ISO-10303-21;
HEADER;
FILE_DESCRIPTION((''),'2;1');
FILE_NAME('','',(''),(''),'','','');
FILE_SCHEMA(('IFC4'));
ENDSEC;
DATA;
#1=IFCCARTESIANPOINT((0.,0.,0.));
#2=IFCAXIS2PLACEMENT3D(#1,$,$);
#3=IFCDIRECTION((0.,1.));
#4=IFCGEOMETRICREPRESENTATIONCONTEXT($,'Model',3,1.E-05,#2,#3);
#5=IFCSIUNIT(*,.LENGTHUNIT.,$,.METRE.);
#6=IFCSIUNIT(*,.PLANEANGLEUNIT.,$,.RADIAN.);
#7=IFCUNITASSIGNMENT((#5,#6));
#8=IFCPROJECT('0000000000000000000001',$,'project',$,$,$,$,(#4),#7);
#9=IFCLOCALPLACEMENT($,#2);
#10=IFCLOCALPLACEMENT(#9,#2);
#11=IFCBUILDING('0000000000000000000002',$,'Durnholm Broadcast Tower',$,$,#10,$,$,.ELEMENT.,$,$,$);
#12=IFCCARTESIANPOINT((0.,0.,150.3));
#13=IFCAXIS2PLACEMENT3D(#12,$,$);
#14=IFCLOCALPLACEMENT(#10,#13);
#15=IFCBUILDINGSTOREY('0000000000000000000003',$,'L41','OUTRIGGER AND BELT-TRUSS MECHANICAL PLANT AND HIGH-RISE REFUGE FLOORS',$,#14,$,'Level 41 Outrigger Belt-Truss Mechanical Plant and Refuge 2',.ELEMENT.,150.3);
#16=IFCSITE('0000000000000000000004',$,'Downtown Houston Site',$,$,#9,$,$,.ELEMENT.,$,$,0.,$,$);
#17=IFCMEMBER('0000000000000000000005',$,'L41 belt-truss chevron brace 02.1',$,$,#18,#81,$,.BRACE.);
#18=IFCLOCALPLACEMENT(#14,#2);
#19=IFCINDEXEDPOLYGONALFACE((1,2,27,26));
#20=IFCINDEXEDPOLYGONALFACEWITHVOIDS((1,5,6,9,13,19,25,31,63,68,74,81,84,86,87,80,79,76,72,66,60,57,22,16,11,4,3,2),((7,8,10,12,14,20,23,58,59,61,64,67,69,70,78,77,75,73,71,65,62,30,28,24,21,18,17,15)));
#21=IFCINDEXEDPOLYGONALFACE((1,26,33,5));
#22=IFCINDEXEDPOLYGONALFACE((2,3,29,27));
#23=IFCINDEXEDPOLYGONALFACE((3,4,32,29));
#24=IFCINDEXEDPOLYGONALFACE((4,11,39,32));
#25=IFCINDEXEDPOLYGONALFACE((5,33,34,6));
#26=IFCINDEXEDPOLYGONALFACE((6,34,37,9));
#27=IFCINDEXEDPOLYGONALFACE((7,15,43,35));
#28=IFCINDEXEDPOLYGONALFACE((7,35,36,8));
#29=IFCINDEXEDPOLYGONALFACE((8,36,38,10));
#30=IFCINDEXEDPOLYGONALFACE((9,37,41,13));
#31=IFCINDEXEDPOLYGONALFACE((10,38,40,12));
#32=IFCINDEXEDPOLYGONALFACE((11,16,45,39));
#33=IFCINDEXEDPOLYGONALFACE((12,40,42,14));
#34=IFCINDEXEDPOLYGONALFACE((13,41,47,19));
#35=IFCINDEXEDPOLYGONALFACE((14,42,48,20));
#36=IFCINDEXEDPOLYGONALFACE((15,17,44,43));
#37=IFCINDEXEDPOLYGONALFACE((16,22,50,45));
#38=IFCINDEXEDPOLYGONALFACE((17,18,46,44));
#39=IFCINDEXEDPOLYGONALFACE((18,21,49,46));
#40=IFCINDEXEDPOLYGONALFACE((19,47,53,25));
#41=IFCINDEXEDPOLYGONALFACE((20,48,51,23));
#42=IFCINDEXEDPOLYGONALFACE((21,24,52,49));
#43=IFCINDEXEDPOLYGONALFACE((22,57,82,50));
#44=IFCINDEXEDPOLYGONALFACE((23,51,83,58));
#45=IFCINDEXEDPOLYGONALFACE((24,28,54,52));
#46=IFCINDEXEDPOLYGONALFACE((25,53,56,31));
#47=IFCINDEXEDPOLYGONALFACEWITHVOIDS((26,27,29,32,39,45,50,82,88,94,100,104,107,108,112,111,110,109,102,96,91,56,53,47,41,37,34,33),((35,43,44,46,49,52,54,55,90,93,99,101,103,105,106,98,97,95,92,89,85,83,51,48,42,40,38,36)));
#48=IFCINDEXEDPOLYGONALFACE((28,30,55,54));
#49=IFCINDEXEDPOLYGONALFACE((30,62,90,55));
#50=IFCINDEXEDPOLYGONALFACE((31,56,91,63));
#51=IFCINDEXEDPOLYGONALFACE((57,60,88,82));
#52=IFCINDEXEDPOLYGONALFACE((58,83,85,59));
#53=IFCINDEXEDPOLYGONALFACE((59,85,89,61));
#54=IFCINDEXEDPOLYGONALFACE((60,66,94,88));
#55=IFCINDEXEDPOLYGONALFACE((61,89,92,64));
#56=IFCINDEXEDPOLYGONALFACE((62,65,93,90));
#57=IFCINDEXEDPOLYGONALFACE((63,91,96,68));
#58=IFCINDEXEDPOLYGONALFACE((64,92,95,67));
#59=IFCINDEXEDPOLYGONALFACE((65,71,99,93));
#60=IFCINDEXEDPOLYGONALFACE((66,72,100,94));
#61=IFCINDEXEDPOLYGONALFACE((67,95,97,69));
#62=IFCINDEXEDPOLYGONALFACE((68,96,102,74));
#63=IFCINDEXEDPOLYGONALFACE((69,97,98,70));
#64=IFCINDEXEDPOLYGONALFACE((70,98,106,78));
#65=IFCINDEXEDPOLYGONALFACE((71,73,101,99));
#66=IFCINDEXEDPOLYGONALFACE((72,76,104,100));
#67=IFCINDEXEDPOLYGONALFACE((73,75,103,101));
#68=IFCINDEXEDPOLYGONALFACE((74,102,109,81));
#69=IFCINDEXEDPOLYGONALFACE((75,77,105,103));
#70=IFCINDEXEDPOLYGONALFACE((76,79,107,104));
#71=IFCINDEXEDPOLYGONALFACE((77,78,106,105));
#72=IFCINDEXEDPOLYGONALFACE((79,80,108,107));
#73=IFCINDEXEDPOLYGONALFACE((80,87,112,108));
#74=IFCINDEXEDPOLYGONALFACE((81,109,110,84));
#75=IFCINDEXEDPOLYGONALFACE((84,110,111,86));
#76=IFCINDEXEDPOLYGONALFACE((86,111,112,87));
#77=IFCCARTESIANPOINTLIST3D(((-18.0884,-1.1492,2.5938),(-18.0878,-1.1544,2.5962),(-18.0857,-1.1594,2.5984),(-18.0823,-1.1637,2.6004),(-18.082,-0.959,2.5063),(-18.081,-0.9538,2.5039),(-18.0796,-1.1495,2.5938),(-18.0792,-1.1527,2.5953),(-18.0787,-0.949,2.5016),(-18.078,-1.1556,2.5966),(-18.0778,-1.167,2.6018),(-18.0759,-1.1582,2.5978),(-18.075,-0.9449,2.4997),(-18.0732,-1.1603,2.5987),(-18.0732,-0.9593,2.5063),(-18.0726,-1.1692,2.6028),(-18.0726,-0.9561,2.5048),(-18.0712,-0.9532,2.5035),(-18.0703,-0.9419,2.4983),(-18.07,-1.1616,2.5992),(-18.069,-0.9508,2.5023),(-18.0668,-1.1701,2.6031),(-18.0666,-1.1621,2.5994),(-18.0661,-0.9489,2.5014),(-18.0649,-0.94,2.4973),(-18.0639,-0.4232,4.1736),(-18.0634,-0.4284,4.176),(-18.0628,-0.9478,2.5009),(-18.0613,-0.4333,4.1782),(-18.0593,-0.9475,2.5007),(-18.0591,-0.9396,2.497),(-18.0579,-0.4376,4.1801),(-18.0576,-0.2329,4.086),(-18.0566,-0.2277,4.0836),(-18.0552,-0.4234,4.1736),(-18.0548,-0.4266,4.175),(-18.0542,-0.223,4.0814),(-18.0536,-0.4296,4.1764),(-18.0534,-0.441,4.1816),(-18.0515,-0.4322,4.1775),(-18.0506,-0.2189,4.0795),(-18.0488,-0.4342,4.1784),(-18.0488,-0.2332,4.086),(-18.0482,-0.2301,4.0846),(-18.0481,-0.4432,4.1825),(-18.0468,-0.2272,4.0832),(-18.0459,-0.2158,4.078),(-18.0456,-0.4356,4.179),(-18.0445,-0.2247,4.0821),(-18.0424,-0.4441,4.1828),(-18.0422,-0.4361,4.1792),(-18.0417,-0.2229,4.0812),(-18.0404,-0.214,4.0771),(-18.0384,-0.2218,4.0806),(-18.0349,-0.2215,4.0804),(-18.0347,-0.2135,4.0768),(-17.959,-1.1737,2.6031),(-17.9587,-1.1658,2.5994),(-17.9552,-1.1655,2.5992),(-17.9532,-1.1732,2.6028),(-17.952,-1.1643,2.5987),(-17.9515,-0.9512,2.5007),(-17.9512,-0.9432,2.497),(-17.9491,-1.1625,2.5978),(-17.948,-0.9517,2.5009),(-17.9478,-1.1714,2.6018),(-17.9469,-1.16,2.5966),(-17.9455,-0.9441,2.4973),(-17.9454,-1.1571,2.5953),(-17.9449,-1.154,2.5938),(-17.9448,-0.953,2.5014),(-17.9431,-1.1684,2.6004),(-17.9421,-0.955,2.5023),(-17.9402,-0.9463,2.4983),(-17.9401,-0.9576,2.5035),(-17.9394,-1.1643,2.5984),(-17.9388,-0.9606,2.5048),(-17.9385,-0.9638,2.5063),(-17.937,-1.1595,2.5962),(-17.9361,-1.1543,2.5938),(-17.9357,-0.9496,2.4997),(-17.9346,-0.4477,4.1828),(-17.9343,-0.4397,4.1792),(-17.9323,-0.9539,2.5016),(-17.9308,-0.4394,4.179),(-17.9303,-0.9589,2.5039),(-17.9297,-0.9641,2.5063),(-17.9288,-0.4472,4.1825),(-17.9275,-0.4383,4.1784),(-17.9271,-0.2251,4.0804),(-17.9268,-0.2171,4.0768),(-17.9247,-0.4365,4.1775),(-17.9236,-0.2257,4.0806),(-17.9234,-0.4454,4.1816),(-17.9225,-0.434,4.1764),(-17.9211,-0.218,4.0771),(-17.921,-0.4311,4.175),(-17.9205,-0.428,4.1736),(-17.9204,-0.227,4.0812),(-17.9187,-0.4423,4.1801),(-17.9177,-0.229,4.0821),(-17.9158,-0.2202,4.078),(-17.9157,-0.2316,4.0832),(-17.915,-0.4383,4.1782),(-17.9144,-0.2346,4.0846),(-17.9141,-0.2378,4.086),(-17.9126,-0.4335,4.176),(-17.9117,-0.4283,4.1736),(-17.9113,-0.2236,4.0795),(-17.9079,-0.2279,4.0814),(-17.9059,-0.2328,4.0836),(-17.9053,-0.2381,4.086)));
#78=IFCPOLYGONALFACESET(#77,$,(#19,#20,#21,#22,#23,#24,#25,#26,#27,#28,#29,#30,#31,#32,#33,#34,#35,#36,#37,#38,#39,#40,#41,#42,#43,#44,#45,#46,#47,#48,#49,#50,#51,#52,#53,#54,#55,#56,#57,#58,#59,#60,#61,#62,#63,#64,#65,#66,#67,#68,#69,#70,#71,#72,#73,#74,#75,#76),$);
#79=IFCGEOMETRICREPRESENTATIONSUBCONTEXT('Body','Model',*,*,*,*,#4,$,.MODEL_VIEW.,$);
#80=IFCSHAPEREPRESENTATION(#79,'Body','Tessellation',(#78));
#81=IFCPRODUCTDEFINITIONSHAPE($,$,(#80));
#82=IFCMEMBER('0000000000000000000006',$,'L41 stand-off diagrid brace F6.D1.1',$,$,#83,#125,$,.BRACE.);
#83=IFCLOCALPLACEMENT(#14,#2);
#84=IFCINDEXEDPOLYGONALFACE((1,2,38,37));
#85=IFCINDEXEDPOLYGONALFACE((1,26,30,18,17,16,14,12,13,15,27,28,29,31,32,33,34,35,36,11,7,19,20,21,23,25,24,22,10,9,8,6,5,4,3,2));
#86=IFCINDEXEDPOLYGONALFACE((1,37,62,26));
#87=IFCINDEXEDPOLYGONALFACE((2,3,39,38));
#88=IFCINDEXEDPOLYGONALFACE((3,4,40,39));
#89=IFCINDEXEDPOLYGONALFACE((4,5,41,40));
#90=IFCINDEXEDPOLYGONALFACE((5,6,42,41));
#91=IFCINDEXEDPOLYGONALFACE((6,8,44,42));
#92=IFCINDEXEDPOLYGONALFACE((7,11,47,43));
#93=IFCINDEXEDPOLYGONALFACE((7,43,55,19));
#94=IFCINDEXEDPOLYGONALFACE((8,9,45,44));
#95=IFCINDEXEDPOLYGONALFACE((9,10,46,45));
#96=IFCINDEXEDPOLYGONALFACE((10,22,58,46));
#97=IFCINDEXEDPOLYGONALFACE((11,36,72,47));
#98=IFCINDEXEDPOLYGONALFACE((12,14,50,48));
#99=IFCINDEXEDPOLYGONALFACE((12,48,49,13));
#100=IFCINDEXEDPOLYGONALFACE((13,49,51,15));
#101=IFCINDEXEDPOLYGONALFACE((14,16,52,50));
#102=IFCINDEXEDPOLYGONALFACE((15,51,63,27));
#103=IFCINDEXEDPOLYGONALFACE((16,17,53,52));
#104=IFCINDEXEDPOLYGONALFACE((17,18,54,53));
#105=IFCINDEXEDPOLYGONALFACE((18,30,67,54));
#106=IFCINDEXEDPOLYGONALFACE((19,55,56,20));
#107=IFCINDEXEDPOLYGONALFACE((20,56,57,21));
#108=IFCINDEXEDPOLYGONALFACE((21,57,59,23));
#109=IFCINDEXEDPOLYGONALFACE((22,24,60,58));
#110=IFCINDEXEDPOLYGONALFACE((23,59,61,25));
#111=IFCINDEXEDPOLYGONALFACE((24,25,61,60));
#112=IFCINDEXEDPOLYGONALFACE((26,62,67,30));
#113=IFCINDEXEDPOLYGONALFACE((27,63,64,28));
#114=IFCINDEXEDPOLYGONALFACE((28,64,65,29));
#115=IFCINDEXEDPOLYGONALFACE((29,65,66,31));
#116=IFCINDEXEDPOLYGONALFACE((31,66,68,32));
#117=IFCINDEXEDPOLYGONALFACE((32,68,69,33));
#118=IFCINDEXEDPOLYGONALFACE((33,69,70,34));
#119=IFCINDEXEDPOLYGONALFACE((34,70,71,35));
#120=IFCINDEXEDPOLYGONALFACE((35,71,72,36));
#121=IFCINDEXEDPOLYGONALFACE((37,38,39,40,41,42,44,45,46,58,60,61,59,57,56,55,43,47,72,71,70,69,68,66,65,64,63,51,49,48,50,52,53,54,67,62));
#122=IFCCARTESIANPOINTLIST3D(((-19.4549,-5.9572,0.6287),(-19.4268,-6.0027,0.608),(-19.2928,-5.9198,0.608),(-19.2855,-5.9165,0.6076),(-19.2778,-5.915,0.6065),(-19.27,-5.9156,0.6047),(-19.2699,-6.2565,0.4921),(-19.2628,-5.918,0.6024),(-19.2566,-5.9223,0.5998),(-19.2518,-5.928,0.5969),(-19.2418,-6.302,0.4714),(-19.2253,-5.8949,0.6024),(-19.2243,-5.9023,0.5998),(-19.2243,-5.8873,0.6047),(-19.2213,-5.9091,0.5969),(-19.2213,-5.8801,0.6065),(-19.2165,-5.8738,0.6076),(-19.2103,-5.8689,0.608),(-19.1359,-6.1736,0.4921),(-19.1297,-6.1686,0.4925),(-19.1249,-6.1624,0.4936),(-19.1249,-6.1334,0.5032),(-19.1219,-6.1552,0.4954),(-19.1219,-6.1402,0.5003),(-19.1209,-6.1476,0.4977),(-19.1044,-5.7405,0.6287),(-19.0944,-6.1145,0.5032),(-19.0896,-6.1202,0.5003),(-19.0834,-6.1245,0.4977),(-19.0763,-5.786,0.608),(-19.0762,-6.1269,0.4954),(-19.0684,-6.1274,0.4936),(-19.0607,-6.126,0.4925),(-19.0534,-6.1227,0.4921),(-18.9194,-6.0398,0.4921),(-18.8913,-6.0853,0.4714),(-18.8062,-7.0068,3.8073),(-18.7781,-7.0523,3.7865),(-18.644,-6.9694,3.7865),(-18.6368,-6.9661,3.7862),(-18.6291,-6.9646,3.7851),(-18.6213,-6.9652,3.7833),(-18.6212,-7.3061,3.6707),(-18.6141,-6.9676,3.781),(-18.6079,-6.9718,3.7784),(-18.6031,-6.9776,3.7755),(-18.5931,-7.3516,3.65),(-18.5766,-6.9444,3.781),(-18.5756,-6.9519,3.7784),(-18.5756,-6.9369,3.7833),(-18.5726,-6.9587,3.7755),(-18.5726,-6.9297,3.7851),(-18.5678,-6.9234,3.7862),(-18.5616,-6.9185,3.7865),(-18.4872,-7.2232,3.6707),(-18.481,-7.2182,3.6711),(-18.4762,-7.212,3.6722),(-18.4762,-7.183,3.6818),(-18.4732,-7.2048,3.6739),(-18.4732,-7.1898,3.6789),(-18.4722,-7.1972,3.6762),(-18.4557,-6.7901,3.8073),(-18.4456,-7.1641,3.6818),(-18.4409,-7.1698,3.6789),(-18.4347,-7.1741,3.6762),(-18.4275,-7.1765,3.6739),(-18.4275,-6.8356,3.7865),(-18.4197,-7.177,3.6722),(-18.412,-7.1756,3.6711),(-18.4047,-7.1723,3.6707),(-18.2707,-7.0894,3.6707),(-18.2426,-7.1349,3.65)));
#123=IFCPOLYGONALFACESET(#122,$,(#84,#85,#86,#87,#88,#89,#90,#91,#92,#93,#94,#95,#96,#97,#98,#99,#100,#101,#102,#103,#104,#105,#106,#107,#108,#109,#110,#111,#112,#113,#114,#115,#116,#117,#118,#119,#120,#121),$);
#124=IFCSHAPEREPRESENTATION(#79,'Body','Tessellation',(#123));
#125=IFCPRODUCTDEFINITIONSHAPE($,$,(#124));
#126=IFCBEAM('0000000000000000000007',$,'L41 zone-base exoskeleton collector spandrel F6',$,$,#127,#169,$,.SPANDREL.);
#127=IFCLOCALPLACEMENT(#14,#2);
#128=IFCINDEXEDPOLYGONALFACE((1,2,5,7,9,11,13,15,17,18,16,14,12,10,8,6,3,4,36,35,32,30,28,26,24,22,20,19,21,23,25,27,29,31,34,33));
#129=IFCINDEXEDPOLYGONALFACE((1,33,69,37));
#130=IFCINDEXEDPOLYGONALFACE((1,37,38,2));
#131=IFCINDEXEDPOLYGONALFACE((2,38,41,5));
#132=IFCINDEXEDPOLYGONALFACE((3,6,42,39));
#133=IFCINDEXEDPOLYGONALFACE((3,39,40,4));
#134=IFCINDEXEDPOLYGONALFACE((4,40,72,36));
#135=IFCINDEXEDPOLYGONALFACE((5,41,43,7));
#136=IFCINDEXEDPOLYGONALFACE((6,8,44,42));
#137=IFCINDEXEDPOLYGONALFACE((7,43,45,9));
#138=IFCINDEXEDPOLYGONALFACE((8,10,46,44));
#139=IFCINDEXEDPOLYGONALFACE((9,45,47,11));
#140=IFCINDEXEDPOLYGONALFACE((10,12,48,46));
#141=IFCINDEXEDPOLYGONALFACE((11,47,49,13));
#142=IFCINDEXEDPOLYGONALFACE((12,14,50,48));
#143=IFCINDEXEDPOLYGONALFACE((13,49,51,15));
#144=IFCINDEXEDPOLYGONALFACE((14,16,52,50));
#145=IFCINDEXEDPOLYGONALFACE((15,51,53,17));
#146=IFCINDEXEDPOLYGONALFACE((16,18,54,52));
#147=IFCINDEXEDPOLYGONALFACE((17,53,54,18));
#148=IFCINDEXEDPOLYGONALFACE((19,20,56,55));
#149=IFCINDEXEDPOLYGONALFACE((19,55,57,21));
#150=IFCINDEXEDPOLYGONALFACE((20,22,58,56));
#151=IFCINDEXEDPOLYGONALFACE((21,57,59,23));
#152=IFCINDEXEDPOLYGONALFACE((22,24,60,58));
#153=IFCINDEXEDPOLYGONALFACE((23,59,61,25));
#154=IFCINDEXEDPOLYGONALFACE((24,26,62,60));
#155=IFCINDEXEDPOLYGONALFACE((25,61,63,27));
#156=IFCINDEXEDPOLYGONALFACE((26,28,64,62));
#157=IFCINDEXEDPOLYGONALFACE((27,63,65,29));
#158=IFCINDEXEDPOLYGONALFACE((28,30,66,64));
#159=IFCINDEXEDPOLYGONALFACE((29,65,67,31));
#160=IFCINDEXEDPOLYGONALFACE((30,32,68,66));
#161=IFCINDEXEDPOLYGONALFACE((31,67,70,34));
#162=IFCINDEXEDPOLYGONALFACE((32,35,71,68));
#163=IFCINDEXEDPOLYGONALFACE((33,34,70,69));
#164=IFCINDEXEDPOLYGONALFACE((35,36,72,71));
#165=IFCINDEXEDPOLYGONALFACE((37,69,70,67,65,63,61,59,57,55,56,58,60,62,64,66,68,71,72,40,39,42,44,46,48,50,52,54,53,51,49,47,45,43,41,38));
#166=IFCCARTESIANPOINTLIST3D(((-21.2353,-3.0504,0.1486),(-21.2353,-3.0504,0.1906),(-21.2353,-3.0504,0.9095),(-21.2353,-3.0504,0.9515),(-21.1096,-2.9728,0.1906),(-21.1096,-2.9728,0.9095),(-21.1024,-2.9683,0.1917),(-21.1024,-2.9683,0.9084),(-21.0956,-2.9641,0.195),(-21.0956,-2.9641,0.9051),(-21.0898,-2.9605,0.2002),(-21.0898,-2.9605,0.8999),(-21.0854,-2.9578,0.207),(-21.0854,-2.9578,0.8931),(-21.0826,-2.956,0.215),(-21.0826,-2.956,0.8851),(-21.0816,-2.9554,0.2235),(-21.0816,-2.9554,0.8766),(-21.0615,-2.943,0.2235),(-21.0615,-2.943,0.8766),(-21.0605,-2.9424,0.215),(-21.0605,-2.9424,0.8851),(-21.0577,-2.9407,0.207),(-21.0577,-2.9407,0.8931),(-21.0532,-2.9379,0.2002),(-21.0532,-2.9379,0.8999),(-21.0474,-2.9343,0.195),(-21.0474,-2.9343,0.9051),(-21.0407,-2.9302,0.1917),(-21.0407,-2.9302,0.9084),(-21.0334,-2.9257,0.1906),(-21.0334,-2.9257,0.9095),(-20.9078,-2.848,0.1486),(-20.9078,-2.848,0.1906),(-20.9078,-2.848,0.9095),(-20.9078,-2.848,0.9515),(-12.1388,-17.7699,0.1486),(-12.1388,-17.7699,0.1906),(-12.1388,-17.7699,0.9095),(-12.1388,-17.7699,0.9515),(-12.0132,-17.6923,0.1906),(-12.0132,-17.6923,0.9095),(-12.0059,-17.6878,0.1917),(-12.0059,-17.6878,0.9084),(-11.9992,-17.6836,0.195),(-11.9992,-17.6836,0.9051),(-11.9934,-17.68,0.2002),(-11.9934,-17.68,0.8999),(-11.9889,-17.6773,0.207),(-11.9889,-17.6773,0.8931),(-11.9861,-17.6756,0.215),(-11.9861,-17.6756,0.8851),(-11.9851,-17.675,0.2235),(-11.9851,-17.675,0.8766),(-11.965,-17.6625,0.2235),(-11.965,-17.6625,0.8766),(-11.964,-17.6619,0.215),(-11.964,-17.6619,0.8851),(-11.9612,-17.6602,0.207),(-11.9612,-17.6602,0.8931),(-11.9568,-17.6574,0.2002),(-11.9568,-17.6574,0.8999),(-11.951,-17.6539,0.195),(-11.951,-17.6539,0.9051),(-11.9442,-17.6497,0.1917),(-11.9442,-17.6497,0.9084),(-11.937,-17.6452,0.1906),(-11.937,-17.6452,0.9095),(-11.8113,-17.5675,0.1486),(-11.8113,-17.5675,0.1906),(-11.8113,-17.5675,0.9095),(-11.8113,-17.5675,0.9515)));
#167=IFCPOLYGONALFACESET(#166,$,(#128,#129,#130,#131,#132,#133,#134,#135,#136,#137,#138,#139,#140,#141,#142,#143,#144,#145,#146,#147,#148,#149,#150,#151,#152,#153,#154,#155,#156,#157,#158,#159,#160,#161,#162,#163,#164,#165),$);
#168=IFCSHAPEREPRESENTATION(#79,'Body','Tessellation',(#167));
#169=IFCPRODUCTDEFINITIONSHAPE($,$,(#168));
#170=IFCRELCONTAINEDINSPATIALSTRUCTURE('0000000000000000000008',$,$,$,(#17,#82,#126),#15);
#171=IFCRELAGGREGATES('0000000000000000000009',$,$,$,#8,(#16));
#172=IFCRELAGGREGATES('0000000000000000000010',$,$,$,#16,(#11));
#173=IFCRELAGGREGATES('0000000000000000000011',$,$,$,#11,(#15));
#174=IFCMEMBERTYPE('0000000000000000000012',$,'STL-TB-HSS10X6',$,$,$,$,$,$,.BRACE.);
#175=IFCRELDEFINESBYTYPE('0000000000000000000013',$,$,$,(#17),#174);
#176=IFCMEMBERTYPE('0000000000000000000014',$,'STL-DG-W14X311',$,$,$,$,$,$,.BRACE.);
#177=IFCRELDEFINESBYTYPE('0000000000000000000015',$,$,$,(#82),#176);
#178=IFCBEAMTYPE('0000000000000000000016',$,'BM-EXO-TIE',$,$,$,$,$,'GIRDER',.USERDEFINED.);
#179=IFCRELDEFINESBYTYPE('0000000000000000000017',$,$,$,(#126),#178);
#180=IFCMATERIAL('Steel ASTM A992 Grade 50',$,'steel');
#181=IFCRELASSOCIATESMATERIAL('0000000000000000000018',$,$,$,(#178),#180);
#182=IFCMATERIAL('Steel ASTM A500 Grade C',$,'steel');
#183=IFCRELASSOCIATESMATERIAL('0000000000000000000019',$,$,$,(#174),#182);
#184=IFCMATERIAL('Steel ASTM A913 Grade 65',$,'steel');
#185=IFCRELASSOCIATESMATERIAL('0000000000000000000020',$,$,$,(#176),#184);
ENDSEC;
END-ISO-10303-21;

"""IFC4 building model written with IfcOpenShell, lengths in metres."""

from ifc_helpers import new_model, si_unit, direction, frame, origin, origin_2d, place, context, subcontext, project, spatial, hollow_rectangle, i_section, extrude, source, transform, mapped, material, material_profile, profile_set, type_object, type_shapes, element, save


model = new_model("IFC4")

# Units and contexts
model_context = context("Model", 3, precision=1e-05, world=origin(), true_north=direction((0.0, 1.0)))
body_context = subcontext(model_context, "Body", "Model", "MODEL_VIEW")
ifc_project = project(units=[si_unit("LENGTHUNIT", "METRE"), si_unit("PLANEANGLEUNIT", "RADIAN")], contexts=[model_context])

# Site, building, storey
site_placement = place(None, origin())
site = spatial("IfcSite", under=ifc_project, at=site_placement, Name="Downtown Houston Site", CompositionType="ELEMENT", RefElevation=0.0)
building_placement = place(site_placement, origin())
building = spatial("IfcBuilding", under=site, at=building_placement, Name="Durnholm Broadcast Tower", CompositionType="ELEMENT")
storey_placement = place(building_placement, frame((0.0, 0.0, 150.3)))
storey = spatial("IfcBuildingStorey", under=building, at=storey_placement, Name="L41", Description="OUTRIGGER AND BELT-TRUSS MECHANICAL PLANT AND HIGH-RISE REFUGE FLOORS", LongName="Level 41 Outrigger Belt-Truss Mechanical Plant and Refuge 2", CompositionType="ELEMENT", Elevation=150.3)

# Shared definitions
ifc_material_1 = material(Name="Steel ASTM A992 Grade 50", Category="steel")
ifc_material_profile_1 = material_profile(ifc_material_1, i_section(OverallWidth=0.385, OverallDepth=0.803, WebThickness=0.0237, FlangeThickness=0.042, FilletRadius=0.033, at=origin_2d()), Name="W30X261")
ifc_profile_set_1 = profile_set([ifc_material_profile_1], Name="Steel ASTM A992 Grade 50")
beam_type_1 = type_object("IfcBeamType", Name="BM-EXO-TIE", ElementType="GIRDER", PredefinedType="USERDEFINED", material=ifc_profile_set_1)

# Members
ifc_material_2 = material(Name="Steel ASTM A500 Grade C", Category="steel")
ifc_material_profile_2 = material_profile(ifc_material_2, hollow_rectangle(XDim=0.1523, YDim=0.2539, WallThickness=0.0088, InnerFilletRadius=0.0134, OuterFilletRadius=0.0222, at=origin_2d()), Name="HSS10X6X3/8")
ifc_profile_set_2 = profile_set([ifc_material_profile_2], Name="Steel ASTM A500 Grade C")
member_type_1 = type_object("IfcMemberType", Name="STL-TB-HSS10X6", PredefinedType="BRACE", material=ifc_profile_set_2)
shared_shape_1 = source(origin(), body_context, "Body", "SweptSolid", [
    extrude(hollow_rectangle(XDim=0.1523, YDim=0.2539, WallThickness=0.0088, InnerFilletRadius=0.0134, OuterFilletRadius=0.0222, at=origin_2d()), origin(), (0.0, 0.0, 1.0), 1.7388),
])
type_shapes(member_type_1, [shared_shape_1])
member_1_placement = place(storey_placement, frame((-18.009, -1.0566, 2.55), z_axis=(0.01404, 0.417556, 0.908543), x_axis=(-0.999435, 0.033606, 0.0)))
element("IfcMember", 1, at=member_1_placement, inside=storey, type_object=member_type_1, Name="L41 belt-truss chevron brace 02.1", PredefinedType="BRACE", context=body_context, shape_type="MappedRepresentation", body=[
    mapped(shared_shape_1, transform((0.0, 0.0, 0.0), x_axis=(1.0, 0.0, 0.0), y_axis=(0.0, 1.0, 0.0), z_axis=(0.0, 0.0, 1.0), scale=1.0)),
])
ifc_material_3 = material(Name="Steel ASTM A913 Grade 65", Category="steel")
ifc_material_profile_3 = material_profile(ifc_material_3, i_section(OverallWidth=0.4121, OverallDepth=0.4348, WebThickness=0.0359, FlangeThickness=0.0574, FilletRadius=0.0305, at=origin_2d()), Name="W14X311")
ifc_profile_set_3 = profile_set([ifc_material_profile_3], Name="Steel ASTM A913 Grade 65")
member_type_2 = type_object("IfcMemberType", Name="STL-DG-W14X311", PredefinedType="BRACE", material=ifc_profile_set_3)
shared_shape_2 = source(origin(), body_context, "Body", "SweptSolid", [
    extrude(i_section(OverallWidth=0.4121, OverallDepth=0.4348, WebThickness=0.0359, FlangeThickness=0.0574, FilletRadius=0.0305, at=origin_2d()), origin(), (0.0, 0.0, 1.0), 3.4097),
])
type_shapes(member_type_2, [shared_shape_2])
member_2_placement = place(storey_placement, frame((-19.1731, -6.0212, 0.55), z_axis=(0.190254, -0.30783, 0.932225), x_axis=(0.850644, 0.525741, 0.0)))
element("IfcMember", 2, at=member_2_placement, inside=storey, type_object=member_type_2, Name="L41 stand-off diagrid brace F6.D1.1", PredefinedType="BRACE", context=body_context, shape_type="MappedRepresentation", body=[
    mapped(shared_shape_2, transform((0.0, 0.0, 0.0), x_axis=(1.0, 0.0, 0.0), y_axis=(0.0, 1.0, 0.0), z_axis=(0.0, 0.0, 1.0), scale=1.0)),
])

# Beam
shared_shape_3 = source(origin(), body_context, "Body", "SweptSolid", [
    extrude(i_section(OverallWidth=0.385, OverallDepth=0.803, WebThickness=0.0237, FlangeThickness=0.042, FilletRadius=0.033, at=origin_2d()), origin(), (0.0, 0.0, 1.0), 17.3035),
])
for number, where, z_axis, x_axis, name in (
    (3, (-21.0715, -2.9492, 0.55), (0.525702, -0.850669, 0.0), (0.850669, 0.525702, 0.0), "L41 zone-base exoskeleton collector spandrel F6"),
):
    element("IfcBeam", number, at=place(storey_placement, frame(where, z_axis=z_axis, x_axis=x_axis)), inside=storey, type_object=beam_type_1, Name=name, PredefinedType="SPANDREL", context=body_context, shape_type="MappedRepresentation", body=[
        mapped(shared_shape_3, transform((0.0, 0.0, 0.0), x_axis=(1.0, 0.0, 0.0), y_axis=(0.0, 1.0, 0.0), z_axis=(0.0, 0.0, 1.0), scale=1.0)),
    ])

save(model, "model.ifc")
